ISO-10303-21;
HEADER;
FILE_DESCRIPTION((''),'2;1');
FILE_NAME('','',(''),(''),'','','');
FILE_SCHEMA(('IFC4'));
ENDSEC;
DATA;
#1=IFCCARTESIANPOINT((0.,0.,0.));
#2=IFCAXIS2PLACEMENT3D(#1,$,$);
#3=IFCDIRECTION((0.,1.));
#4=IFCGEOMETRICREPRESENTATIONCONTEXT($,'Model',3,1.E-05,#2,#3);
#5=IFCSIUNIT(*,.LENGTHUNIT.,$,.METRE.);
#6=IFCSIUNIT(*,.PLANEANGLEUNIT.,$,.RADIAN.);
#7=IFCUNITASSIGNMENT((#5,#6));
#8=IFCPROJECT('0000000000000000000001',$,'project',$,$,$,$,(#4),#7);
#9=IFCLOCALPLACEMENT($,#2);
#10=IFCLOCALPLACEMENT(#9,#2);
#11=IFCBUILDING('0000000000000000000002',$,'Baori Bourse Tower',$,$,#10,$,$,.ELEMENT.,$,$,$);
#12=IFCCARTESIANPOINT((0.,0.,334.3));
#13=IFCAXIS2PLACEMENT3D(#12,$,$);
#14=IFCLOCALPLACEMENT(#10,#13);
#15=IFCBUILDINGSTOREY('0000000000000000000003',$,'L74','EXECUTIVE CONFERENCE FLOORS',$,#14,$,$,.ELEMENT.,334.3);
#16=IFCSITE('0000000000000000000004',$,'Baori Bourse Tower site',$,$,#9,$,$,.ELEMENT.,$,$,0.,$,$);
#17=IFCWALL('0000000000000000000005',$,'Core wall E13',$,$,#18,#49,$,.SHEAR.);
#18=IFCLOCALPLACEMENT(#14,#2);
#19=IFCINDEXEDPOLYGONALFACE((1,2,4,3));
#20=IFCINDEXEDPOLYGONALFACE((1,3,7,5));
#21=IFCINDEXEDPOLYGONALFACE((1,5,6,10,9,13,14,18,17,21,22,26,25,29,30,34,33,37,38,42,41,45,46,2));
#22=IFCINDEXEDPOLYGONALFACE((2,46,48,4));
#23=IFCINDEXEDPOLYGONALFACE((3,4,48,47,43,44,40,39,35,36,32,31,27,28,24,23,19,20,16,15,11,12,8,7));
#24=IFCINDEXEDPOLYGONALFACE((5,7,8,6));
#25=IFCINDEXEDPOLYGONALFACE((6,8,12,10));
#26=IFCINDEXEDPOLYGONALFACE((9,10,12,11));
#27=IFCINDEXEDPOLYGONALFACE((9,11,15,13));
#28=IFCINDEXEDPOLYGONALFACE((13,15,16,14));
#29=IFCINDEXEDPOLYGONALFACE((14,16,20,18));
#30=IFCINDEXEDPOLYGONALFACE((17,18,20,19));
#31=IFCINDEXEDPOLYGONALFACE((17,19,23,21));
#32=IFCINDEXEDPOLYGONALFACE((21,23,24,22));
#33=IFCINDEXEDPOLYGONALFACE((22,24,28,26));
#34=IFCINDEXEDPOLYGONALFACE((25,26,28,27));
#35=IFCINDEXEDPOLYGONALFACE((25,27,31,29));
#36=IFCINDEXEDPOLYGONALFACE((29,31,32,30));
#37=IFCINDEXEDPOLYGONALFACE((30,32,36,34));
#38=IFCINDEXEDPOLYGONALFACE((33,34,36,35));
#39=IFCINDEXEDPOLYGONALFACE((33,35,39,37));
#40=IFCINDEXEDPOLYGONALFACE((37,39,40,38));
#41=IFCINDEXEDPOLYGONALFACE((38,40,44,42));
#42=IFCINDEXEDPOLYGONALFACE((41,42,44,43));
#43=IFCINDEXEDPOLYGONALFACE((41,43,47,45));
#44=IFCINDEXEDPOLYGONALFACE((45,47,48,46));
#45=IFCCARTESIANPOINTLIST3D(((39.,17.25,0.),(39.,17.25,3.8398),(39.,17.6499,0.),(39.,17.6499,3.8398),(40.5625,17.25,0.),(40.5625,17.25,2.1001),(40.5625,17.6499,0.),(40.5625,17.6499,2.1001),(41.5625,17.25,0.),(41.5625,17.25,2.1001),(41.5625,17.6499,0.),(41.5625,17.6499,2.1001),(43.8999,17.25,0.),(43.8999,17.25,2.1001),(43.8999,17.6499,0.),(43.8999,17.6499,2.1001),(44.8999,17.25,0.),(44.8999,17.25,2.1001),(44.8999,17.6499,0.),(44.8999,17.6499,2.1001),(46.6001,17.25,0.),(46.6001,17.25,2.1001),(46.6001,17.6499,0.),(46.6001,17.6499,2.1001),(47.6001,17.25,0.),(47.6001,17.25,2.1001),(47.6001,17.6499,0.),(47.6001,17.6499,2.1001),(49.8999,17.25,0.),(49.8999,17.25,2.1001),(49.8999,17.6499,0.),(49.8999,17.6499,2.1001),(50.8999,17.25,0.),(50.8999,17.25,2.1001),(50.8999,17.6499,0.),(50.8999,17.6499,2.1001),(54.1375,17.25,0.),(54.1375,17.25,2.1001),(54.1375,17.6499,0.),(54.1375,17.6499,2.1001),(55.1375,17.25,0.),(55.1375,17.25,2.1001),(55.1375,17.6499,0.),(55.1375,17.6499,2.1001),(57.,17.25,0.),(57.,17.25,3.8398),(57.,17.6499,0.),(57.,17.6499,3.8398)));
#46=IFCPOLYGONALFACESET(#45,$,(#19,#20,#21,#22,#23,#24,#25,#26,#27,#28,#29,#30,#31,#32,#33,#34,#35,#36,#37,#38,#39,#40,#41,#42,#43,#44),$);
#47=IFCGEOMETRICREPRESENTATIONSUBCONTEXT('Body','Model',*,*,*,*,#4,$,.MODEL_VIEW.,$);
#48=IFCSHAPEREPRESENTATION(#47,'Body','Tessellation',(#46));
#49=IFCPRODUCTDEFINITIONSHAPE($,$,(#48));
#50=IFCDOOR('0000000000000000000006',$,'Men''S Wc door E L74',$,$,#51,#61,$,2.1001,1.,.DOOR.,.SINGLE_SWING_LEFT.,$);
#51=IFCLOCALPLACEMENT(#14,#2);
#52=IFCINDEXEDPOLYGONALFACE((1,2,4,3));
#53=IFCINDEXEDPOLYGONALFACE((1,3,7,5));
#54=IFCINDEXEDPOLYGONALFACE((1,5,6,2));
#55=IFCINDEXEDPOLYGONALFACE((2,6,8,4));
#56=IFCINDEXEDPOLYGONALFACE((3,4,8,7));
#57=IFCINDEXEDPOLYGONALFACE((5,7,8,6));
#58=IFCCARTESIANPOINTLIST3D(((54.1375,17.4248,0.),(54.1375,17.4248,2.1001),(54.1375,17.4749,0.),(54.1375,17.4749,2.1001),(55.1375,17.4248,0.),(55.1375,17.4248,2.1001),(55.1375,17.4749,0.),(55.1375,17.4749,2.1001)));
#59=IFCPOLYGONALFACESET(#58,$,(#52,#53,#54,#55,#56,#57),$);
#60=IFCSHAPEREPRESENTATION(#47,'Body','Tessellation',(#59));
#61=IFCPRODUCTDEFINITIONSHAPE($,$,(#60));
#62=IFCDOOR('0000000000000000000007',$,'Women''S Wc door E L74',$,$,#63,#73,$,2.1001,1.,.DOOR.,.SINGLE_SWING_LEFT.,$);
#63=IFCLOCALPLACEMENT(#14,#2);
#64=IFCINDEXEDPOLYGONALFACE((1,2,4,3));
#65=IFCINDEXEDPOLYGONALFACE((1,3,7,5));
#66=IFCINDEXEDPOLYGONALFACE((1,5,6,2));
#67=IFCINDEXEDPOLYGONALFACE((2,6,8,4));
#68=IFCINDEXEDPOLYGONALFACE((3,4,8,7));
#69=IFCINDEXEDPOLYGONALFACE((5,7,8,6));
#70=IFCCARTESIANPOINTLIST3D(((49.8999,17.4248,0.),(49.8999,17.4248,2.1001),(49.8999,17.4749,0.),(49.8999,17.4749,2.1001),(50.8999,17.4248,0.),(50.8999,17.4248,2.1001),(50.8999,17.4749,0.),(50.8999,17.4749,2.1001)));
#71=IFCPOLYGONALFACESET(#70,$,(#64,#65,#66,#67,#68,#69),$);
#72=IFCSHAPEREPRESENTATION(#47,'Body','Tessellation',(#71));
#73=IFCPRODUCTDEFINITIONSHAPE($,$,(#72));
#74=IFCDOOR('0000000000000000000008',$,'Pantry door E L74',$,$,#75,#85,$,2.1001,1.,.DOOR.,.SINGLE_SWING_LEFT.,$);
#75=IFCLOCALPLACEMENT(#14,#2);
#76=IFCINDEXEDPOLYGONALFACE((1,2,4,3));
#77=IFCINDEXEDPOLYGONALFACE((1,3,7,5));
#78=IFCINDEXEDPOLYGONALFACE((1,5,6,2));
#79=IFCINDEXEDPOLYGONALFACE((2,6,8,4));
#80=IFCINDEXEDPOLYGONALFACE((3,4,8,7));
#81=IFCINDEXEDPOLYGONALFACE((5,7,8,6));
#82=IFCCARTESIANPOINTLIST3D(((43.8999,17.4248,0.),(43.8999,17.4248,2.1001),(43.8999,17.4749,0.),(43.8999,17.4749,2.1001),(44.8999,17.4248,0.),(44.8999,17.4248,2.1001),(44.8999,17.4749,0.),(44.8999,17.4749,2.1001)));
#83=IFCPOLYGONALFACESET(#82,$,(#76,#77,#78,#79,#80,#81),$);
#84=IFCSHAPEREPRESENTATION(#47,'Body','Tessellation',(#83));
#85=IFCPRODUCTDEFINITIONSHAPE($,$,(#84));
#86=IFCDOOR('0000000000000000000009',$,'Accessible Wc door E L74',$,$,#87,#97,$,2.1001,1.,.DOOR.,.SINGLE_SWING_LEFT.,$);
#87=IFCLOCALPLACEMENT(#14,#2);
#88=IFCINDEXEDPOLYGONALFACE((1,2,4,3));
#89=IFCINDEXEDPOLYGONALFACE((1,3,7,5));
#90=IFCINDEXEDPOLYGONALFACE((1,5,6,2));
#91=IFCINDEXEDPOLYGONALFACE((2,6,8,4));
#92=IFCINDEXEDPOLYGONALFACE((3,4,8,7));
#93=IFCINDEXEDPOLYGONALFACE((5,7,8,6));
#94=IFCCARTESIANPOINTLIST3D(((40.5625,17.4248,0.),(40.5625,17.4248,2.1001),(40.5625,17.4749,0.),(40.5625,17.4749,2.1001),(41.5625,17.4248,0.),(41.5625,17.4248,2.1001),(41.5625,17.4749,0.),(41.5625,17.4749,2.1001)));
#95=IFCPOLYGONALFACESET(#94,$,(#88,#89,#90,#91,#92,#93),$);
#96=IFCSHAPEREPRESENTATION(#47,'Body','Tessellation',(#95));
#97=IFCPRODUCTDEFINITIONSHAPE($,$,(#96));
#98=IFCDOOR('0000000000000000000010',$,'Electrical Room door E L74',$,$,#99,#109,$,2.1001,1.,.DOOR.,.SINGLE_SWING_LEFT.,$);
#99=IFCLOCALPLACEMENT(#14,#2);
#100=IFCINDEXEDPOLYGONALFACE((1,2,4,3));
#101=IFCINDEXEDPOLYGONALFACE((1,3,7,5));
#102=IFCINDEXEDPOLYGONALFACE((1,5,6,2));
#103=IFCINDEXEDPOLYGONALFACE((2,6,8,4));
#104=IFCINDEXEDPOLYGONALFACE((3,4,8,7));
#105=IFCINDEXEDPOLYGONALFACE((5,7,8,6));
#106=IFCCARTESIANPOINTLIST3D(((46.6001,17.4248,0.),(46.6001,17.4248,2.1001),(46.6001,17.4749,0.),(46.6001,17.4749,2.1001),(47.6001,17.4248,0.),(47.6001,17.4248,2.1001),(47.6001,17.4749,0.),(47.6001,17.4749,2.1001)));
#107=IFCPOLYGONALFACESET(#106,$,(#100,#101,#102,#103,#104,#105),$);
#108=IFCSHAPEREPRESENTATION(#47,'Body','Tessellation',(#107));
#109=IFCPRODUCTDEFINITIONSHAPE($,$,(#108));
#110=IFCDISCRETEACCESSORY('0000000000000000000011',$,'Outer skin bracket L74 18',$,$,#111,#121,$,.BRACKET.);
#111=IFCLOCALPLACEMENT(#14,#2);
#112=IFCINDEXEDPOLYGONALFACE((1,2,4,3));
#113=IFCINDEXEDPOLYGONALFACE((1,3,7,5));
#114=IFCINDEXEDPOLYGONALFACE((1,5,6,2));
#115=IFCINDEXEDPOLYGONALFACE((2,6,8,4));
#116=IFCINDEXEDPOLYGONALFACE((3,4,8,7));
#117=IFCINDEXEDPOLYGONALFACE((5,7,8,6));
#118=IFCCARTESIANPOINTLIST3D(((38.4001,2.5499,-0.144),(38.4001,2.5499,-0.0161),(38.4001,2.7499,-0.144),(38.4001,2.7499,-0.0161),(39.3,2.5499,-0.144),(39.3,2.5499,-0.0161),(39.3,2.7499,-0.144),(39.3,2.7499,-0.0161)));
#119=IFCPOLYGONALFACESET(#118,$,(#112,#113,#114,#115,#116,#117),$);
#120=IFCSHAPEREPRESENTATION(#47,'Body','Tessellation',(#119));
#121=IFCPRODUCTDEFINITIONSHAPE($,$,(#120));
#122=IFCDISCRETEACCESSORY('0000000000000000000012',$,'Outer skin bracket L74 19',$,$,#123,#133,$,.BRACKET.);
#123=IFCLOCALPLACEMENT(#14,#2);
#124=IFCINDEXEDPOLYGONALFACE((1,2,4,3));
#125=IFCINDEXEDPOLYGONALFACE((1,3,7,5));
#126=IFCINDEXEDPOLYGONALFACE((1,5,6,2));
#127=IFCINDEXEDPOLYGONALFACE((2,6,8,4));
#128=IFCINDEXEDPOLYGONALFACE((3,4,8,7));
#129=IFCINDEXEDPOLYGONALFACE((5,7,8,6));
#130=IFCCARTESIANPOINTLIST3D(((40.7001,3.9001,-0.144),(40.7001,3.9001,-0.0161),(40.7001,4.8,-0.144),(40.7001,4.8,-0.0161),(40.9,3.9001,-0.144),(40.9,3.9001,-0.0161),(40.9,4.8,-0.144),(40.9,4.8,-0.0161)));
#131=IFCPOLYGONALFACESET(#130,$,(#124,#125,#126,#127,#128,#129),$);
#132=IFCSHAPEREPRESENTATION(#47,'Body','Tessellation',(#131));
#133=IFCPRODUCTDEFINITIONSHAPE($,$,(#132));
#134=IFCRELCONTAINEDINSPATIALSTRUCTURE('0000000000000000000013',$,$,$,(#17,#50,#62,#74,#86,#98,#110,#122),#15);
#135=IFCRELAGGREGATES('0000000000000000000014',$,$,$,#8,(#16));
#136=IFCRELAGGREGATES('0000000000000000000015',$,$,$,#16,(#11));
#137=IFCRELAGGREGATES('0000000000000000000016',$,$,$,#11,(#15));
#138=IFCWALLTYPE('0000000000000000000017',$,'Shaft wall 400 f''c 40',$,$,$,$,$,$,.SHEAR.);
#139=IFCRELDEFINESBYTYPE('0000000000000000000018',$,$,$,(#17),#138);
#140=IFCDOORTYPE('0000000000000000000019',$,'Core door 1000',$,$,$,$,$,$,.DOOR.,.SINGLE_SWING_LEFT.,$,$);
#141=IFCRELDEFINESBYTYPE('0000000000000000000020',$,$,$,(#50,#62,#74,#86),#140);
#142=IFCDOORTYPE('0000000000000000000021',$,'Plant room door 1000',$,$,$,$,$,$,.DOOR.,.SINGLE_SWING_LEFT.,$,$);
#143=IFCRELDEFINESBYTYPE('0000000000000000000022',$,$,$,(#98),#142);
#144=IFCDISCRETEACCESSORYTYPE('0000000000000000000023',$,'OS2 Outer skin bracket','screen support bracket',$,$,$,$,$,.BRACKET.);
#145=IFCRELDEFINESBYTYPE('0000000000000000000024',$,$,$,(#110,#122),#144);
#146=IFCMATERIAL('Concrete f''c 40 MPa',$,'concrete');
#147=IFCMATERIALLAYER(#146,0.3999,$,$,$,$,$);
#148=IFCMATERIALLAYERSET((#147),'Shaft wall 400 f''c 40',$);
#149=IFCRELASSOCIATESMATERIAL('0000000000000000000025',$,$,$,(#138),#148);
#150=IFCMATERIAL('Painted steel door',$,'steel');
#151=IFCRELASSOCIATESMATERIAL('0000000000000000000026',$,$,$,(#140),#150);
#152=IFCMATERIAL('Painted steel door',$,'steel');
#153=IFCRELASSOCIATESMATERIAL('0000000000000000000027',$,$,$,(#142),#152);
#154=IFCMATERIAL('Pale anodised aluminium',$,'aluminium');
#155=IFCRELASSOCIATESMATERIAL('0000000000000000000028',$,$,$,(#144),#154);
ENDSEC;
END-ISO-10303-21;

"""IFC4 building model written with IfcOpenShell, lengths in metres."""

from ifc_helpers import new_model, si_unit, direction, frame, frame_2d, origin, origin_2d, place, context, subcontext, project, spatial, rectangle, extrude, material, layer, layer_set, type_object, element, fill, save


model = new_model("IFC4")

# Units and contexts
model_context = context("Model", 3, precision=1e-05, world=origin(), true_north=direction((0.0, 1.0)))
body_context = subcontext(model_context, "Body", "Model", "MODEL_VIEW")
ifc_project = project(units=[si_unit("LENGTHUNIT", "METRE"), si_unit("PLANEANGLEUNIT", "RADIAN")], contexts=[model_context])

# Site, building, storey
site_placement = place(None, origin())
site = spatial("IfcSite", under=ifc_project, at=site_placement, Name="Baori Bourse Tower site", CompositionType="ELEMENT", RefElevation=0.0)
building_placement = place(site_placement, origin())
building = spatial("IfcBuilding", under=site, at=building_placement, Name="Baori Bourse Tower", CompositionType="ELEMENT")
storey_placement = place(building_placement, frame((0.0, 0.0, 334.3)))
storey = spatial("IfcBuildingStorey", under=building, at=storey_placement, Name="L74", Description="EXECUTIVE CONFERENCE FLOORS", CompositionType="ELEMENT", Elevation=334.3)

# Shared definitions
ifc_material_1 = material(Name="Concrete f'c 40 MPa", Category="concrete")
ifc_layer_1 = layer(ifc_material_1, 0.3999)
ifc_layer_set_1 = layer_set([ifc_layer_1], Name="Shaft wall 400 f'c 40")
wall_type_1 = type_object("IfcWallType", Name="Shaft wall 400 f'c 40", PredefinedType="SHEAR", material=ifc_layer_set_1)

# Wall, openings, doors
wall_1_placement = place(storey_placement, frame((39.0, 17.45, 0.0), z_axis=(0.0, 0.0, 1.0), x_axis=(1.0, 0.0, 0.0)))
wall_1 = element("IfcWall", 1, at=wall_1_placement, inside=storey, type_object=wall_type_1, Name="Core wall E13", PredefinedType="SHEAR", context=body_context, shape_type="SweptSolid", body=[
    extrude(rectangle(XDim=18.0, YDim=0.3999, at=frame_2d((9.0, 0.0))), origin(), (0.0, 0.0, 1.0), 3.8398),
])
opening_1_placement = place(wall_1_placement, frame((15.1375, 0.0, 0.0)))
opening_1 = element("IfcOpeningElement", 2, at=opening_1_placement, cuts=wall_1, PredefinedType="OPENING", context=body_context, shape_type="SweptSolid", body=[
    extrude(rectangle(XDim=1.0, YDim=2.1001, at=frame_2d((0.5, 1.05))), frame((0.0, 0.21, 0.0), z_axis=(0.0, -1.0, 0.0), x_axis=(1.0, 0.0, 0.0)), (0.0, 0.0, 1.0), 0.4199),
])
opening_2_placement = place(wall_1_placement, frame((10.8999, 0.0, 0.0)))
opening_2 = element("IfcOpeningElement", 3, at=opening_2_placement, cuts=wall_1, PredefinedType="OPENING", context=body_context, shape_type="SweptSolid", body=[
    extrude(rectangle(XDim=1.0, YDim=2.1001, at=frame_2d((0.5, 1.05))), frame((0.0, 0.21, 0.0), z_axis=(0.0, -1.0, 0.0), x_axis=(1.0, 0.0, 0.0)), (0.0, 0.0, 1.0), 0.4199),
])
opening_3_placement = place(wall_1_placement, frame((7.6001, 0.0, 0.0)))
opening_3 = element("IfcOpeningElement", 4, at=opening_3_placement, cuts=wall_1, PredefinedType="OPENING", context=body_context, shape_type="SweptSolid", body=[
    extrude(rectangle(XDim=1.0, YDim=2.1001, at=frame_2d((0.5, 1.05))), frame((0.0, 0.21, 0.0), z_axis=(0.0, -1.0, 0.0), x_axis=(1.0, 0.0, 0.0)), (0.0, 0.0, 1.0), 0.4199),
])
opening_4_placement = place(wall_1_placement, frame((4.8999, 0.0, 0.0)))
opening_4 = element("IfcOpeningElement", 5, at=opening_4_placement, cuts=wall_1, PredefinedType="OPENING", context=body_context, shape_type="SweptSolid", body=[
    extrude(rectangle(XDim=1.0, YDim=2.1001, at=frame_2d((0.5, 1.05))), frame((0.0, 0.21, 0.0), z_axis=(0.0, -1.0, 0.0), x_axis=(1.0, 0.0, 0.0)), (0.0, 0.0, 1.0), 0.4199),
])
opening_5_placement = place(wall_1_placement, frame((1.5625, 0.0, 0.0)))
opening_5 = element("IfcOpeningElement", 6, at=opening_5_placement, cuts=wall_1, PredefinedType="OPENING", context=body_context, shape_type="SweptSolid", body=[
    extrude(rectangle(XDim=1.0, YDim=2.1001, at=frame_2d((0.5, 1.05))), frame((0.0, 0.21, 0.0), z_axis=(0.0, -1.0, 0.0), x_axis=(1.0, 0.0, 0.0)), (0.0, 0.0, 1.0), 0.4199),
])
ifc_material_2 = material(Name="Painted steel door", Category="steel")
door_type_1 = type_object("IfcDoorType", Name="Core door 1000", OperationType="SINGLE_SWING_LEFT", PredefinedType="DOOR", material=ifc_material_2)
door_1_placement = place(opening_1_placement, origin())
door_1 = element("IfcDoor", 7, at=door_1_placement, inside=storey, type_object=door_type_1, Name="Men'S Wc door E L74", OperationType="SINGLE_SWING_LEFT", OverallHeight=2.1001, OverallWidth=1.0, PredefinedType="DOOR", context=body_context, shape_type="SweptSolid", body=[
    extrude(rectangle(XDim=1.0, YDim=2.1001, at=frame_2d((0.5, 1.05))), frame((0.0, 0.0249, 0.0), z_axis=(0.0, -1.0, 0.0), x_axis=(1.0, 0.0, 0.0)), (0.0, 0.0, 1.0), 0.05),
])
fill(opening_1, door_1)
door_2_placement = place(opening_2_placement, origin())
door_2 = element("IfcDoor", 8, at=door_2_placement, inside=storey, type_object=door_type_1, Name="Women'S Wc door E L74", OperationType="SINGLE_SWING_LEFT", OverallHeight=2.1001, OverallWidth=1.0, PredefinedType="DOOR", context=body_context, shape_type="SweptSolid", body=[
    extrude(rectangle(XDim=1.0, YDim=2.1001, at=frame_2d((0.5, 1.05))), frame((0.0, 0.0249, 0.0), z_axis=(0.0, -1.0, 0.0), x_axis=(1.0, 0.0, 0.0)), (0.0, 0.0, 1.0), 0.05),
])
fill(opening_2, door_2)
door_3_placement = place(opening_4_placement, origin())
door_3 = element("IfcDoor", 9, at=door_3_placement, inside=storey, type_object=door_type_1, Name="Pantry door E L74", OperationType="SINGLE_SWING_LEFT", OverallHeight=2.1001, OverallWidth=1.0, PredefinedType="DOOR", context=body_context, shape_type="SweptSolid", body=[
    extrude(rectangle(XDim=1.0, YDim=2.1001, at=frame_2d((0.5, 1.05))), frame((0.0, 0.0249, 0.0), z_axis=(0.0, -1.0, 0.0), x_axis=(1.0, 0.0, 0.0)), (0.0, 0.0, 1.0), 0.05),
])
fill(opening_4, door_3)
door_4_placement = place(opening_5_placement, origin())
door_4 = element("IfcDoor", 10, at=door_4_placement, inside=storey, type_object=door_type_1, Name="Accessible Wc door E L74", OperationType="SINGLE_SWING_LEFT", OverallHeight=2.1001, OverallWidth=1.0, PredefinedType="DOOR", context=body_context, shape_type="SweptSolid", body=[
    extrude(rectangle(XDim=1.0, YDim=2.1001, at=frame_2d((0.5, 1.05))), frame((0.0, 0.0249, 0.0), z_axis=(0.0, -1.0, 0.0), x_axis=(1.0, 0.0, 0.0)), (0.0, 0.0, 1.0), 0.05),
])
fill(opening_5, door_4)
ifc_material_3 = material(Name="Painted steel door", Category="steel")
door_type_2 = type_object("IfcDoorType", Name="Plant room door 1000", OperationType="SINGLE_SWING_LEFT", PredefinedType="DOOR", material=ifc_material_3)
door_5_placement = place(opening_3_placement, origin())
door_5 = element("IfcDoor", 11, at=door_5_placement, inside=storey, type_object=door_type_2, Name="Electrical Room door E L74", OperationType="SINGLE_SWING_LEFT", OverallHeight=2.1001, OverallWidth=1.0, PredefinedType="DOOR", context=body_context, shape_type="SweptSolid", body=[
    extrude(rectangle(XDim=1.0, YDim=2.1001, at=frame_2d((0.5, 1.05))), frame((0.0, 0.0249, 0.0), z_axis=(0.0, -1.0, 0.0), x_axis=(1.0, 0.0, 0.0)), (0.0, 0.0, 1.0), 0.05),
])
fill(opening_3, door_5)

# Discrete accessories
ifc_material_4 = material(Name="Pale anodised aluminium", Category="aluminium")
discrete_accessory_type = type_object("IfcDiscreteAccessoryType", Name="OS2 Outer skin bracket", Description="screen support bracket", PredefinedType="BRACKET", material=ifc_material_4)
for number, where, z_axis, x_axis, name in (
    (12, (38.8501, 2.6499, -0.144), (0.0, 0.0, 1.0), (0.0, 1.0, 0.0), "Outer skin bracket L74 18"),
    (13, (40.8, 4.3501, -0.144), (0.0, 0.0, 1.0), (1.0, 0.0, 0.0), "Outer skin bracket L74 19"),
):
    element("IfcDiscreteAccessory", number, at=place(storey_placement, frame(where, z_axis=z_axis, x_axis=x_axis)), inside=storey, type_object=discrete_accessory_type, Name=name, PredefinedType="BRACKET", context=body_context, shape_type="SweptSolid", body=[
        extrude(rectangle(XDim=0.2, YDim=0.8999, at=origin_2d()), origin(), (0.0, 0.0, 1.0), 0.1279),
    ])

save(model, "model.ifc")
